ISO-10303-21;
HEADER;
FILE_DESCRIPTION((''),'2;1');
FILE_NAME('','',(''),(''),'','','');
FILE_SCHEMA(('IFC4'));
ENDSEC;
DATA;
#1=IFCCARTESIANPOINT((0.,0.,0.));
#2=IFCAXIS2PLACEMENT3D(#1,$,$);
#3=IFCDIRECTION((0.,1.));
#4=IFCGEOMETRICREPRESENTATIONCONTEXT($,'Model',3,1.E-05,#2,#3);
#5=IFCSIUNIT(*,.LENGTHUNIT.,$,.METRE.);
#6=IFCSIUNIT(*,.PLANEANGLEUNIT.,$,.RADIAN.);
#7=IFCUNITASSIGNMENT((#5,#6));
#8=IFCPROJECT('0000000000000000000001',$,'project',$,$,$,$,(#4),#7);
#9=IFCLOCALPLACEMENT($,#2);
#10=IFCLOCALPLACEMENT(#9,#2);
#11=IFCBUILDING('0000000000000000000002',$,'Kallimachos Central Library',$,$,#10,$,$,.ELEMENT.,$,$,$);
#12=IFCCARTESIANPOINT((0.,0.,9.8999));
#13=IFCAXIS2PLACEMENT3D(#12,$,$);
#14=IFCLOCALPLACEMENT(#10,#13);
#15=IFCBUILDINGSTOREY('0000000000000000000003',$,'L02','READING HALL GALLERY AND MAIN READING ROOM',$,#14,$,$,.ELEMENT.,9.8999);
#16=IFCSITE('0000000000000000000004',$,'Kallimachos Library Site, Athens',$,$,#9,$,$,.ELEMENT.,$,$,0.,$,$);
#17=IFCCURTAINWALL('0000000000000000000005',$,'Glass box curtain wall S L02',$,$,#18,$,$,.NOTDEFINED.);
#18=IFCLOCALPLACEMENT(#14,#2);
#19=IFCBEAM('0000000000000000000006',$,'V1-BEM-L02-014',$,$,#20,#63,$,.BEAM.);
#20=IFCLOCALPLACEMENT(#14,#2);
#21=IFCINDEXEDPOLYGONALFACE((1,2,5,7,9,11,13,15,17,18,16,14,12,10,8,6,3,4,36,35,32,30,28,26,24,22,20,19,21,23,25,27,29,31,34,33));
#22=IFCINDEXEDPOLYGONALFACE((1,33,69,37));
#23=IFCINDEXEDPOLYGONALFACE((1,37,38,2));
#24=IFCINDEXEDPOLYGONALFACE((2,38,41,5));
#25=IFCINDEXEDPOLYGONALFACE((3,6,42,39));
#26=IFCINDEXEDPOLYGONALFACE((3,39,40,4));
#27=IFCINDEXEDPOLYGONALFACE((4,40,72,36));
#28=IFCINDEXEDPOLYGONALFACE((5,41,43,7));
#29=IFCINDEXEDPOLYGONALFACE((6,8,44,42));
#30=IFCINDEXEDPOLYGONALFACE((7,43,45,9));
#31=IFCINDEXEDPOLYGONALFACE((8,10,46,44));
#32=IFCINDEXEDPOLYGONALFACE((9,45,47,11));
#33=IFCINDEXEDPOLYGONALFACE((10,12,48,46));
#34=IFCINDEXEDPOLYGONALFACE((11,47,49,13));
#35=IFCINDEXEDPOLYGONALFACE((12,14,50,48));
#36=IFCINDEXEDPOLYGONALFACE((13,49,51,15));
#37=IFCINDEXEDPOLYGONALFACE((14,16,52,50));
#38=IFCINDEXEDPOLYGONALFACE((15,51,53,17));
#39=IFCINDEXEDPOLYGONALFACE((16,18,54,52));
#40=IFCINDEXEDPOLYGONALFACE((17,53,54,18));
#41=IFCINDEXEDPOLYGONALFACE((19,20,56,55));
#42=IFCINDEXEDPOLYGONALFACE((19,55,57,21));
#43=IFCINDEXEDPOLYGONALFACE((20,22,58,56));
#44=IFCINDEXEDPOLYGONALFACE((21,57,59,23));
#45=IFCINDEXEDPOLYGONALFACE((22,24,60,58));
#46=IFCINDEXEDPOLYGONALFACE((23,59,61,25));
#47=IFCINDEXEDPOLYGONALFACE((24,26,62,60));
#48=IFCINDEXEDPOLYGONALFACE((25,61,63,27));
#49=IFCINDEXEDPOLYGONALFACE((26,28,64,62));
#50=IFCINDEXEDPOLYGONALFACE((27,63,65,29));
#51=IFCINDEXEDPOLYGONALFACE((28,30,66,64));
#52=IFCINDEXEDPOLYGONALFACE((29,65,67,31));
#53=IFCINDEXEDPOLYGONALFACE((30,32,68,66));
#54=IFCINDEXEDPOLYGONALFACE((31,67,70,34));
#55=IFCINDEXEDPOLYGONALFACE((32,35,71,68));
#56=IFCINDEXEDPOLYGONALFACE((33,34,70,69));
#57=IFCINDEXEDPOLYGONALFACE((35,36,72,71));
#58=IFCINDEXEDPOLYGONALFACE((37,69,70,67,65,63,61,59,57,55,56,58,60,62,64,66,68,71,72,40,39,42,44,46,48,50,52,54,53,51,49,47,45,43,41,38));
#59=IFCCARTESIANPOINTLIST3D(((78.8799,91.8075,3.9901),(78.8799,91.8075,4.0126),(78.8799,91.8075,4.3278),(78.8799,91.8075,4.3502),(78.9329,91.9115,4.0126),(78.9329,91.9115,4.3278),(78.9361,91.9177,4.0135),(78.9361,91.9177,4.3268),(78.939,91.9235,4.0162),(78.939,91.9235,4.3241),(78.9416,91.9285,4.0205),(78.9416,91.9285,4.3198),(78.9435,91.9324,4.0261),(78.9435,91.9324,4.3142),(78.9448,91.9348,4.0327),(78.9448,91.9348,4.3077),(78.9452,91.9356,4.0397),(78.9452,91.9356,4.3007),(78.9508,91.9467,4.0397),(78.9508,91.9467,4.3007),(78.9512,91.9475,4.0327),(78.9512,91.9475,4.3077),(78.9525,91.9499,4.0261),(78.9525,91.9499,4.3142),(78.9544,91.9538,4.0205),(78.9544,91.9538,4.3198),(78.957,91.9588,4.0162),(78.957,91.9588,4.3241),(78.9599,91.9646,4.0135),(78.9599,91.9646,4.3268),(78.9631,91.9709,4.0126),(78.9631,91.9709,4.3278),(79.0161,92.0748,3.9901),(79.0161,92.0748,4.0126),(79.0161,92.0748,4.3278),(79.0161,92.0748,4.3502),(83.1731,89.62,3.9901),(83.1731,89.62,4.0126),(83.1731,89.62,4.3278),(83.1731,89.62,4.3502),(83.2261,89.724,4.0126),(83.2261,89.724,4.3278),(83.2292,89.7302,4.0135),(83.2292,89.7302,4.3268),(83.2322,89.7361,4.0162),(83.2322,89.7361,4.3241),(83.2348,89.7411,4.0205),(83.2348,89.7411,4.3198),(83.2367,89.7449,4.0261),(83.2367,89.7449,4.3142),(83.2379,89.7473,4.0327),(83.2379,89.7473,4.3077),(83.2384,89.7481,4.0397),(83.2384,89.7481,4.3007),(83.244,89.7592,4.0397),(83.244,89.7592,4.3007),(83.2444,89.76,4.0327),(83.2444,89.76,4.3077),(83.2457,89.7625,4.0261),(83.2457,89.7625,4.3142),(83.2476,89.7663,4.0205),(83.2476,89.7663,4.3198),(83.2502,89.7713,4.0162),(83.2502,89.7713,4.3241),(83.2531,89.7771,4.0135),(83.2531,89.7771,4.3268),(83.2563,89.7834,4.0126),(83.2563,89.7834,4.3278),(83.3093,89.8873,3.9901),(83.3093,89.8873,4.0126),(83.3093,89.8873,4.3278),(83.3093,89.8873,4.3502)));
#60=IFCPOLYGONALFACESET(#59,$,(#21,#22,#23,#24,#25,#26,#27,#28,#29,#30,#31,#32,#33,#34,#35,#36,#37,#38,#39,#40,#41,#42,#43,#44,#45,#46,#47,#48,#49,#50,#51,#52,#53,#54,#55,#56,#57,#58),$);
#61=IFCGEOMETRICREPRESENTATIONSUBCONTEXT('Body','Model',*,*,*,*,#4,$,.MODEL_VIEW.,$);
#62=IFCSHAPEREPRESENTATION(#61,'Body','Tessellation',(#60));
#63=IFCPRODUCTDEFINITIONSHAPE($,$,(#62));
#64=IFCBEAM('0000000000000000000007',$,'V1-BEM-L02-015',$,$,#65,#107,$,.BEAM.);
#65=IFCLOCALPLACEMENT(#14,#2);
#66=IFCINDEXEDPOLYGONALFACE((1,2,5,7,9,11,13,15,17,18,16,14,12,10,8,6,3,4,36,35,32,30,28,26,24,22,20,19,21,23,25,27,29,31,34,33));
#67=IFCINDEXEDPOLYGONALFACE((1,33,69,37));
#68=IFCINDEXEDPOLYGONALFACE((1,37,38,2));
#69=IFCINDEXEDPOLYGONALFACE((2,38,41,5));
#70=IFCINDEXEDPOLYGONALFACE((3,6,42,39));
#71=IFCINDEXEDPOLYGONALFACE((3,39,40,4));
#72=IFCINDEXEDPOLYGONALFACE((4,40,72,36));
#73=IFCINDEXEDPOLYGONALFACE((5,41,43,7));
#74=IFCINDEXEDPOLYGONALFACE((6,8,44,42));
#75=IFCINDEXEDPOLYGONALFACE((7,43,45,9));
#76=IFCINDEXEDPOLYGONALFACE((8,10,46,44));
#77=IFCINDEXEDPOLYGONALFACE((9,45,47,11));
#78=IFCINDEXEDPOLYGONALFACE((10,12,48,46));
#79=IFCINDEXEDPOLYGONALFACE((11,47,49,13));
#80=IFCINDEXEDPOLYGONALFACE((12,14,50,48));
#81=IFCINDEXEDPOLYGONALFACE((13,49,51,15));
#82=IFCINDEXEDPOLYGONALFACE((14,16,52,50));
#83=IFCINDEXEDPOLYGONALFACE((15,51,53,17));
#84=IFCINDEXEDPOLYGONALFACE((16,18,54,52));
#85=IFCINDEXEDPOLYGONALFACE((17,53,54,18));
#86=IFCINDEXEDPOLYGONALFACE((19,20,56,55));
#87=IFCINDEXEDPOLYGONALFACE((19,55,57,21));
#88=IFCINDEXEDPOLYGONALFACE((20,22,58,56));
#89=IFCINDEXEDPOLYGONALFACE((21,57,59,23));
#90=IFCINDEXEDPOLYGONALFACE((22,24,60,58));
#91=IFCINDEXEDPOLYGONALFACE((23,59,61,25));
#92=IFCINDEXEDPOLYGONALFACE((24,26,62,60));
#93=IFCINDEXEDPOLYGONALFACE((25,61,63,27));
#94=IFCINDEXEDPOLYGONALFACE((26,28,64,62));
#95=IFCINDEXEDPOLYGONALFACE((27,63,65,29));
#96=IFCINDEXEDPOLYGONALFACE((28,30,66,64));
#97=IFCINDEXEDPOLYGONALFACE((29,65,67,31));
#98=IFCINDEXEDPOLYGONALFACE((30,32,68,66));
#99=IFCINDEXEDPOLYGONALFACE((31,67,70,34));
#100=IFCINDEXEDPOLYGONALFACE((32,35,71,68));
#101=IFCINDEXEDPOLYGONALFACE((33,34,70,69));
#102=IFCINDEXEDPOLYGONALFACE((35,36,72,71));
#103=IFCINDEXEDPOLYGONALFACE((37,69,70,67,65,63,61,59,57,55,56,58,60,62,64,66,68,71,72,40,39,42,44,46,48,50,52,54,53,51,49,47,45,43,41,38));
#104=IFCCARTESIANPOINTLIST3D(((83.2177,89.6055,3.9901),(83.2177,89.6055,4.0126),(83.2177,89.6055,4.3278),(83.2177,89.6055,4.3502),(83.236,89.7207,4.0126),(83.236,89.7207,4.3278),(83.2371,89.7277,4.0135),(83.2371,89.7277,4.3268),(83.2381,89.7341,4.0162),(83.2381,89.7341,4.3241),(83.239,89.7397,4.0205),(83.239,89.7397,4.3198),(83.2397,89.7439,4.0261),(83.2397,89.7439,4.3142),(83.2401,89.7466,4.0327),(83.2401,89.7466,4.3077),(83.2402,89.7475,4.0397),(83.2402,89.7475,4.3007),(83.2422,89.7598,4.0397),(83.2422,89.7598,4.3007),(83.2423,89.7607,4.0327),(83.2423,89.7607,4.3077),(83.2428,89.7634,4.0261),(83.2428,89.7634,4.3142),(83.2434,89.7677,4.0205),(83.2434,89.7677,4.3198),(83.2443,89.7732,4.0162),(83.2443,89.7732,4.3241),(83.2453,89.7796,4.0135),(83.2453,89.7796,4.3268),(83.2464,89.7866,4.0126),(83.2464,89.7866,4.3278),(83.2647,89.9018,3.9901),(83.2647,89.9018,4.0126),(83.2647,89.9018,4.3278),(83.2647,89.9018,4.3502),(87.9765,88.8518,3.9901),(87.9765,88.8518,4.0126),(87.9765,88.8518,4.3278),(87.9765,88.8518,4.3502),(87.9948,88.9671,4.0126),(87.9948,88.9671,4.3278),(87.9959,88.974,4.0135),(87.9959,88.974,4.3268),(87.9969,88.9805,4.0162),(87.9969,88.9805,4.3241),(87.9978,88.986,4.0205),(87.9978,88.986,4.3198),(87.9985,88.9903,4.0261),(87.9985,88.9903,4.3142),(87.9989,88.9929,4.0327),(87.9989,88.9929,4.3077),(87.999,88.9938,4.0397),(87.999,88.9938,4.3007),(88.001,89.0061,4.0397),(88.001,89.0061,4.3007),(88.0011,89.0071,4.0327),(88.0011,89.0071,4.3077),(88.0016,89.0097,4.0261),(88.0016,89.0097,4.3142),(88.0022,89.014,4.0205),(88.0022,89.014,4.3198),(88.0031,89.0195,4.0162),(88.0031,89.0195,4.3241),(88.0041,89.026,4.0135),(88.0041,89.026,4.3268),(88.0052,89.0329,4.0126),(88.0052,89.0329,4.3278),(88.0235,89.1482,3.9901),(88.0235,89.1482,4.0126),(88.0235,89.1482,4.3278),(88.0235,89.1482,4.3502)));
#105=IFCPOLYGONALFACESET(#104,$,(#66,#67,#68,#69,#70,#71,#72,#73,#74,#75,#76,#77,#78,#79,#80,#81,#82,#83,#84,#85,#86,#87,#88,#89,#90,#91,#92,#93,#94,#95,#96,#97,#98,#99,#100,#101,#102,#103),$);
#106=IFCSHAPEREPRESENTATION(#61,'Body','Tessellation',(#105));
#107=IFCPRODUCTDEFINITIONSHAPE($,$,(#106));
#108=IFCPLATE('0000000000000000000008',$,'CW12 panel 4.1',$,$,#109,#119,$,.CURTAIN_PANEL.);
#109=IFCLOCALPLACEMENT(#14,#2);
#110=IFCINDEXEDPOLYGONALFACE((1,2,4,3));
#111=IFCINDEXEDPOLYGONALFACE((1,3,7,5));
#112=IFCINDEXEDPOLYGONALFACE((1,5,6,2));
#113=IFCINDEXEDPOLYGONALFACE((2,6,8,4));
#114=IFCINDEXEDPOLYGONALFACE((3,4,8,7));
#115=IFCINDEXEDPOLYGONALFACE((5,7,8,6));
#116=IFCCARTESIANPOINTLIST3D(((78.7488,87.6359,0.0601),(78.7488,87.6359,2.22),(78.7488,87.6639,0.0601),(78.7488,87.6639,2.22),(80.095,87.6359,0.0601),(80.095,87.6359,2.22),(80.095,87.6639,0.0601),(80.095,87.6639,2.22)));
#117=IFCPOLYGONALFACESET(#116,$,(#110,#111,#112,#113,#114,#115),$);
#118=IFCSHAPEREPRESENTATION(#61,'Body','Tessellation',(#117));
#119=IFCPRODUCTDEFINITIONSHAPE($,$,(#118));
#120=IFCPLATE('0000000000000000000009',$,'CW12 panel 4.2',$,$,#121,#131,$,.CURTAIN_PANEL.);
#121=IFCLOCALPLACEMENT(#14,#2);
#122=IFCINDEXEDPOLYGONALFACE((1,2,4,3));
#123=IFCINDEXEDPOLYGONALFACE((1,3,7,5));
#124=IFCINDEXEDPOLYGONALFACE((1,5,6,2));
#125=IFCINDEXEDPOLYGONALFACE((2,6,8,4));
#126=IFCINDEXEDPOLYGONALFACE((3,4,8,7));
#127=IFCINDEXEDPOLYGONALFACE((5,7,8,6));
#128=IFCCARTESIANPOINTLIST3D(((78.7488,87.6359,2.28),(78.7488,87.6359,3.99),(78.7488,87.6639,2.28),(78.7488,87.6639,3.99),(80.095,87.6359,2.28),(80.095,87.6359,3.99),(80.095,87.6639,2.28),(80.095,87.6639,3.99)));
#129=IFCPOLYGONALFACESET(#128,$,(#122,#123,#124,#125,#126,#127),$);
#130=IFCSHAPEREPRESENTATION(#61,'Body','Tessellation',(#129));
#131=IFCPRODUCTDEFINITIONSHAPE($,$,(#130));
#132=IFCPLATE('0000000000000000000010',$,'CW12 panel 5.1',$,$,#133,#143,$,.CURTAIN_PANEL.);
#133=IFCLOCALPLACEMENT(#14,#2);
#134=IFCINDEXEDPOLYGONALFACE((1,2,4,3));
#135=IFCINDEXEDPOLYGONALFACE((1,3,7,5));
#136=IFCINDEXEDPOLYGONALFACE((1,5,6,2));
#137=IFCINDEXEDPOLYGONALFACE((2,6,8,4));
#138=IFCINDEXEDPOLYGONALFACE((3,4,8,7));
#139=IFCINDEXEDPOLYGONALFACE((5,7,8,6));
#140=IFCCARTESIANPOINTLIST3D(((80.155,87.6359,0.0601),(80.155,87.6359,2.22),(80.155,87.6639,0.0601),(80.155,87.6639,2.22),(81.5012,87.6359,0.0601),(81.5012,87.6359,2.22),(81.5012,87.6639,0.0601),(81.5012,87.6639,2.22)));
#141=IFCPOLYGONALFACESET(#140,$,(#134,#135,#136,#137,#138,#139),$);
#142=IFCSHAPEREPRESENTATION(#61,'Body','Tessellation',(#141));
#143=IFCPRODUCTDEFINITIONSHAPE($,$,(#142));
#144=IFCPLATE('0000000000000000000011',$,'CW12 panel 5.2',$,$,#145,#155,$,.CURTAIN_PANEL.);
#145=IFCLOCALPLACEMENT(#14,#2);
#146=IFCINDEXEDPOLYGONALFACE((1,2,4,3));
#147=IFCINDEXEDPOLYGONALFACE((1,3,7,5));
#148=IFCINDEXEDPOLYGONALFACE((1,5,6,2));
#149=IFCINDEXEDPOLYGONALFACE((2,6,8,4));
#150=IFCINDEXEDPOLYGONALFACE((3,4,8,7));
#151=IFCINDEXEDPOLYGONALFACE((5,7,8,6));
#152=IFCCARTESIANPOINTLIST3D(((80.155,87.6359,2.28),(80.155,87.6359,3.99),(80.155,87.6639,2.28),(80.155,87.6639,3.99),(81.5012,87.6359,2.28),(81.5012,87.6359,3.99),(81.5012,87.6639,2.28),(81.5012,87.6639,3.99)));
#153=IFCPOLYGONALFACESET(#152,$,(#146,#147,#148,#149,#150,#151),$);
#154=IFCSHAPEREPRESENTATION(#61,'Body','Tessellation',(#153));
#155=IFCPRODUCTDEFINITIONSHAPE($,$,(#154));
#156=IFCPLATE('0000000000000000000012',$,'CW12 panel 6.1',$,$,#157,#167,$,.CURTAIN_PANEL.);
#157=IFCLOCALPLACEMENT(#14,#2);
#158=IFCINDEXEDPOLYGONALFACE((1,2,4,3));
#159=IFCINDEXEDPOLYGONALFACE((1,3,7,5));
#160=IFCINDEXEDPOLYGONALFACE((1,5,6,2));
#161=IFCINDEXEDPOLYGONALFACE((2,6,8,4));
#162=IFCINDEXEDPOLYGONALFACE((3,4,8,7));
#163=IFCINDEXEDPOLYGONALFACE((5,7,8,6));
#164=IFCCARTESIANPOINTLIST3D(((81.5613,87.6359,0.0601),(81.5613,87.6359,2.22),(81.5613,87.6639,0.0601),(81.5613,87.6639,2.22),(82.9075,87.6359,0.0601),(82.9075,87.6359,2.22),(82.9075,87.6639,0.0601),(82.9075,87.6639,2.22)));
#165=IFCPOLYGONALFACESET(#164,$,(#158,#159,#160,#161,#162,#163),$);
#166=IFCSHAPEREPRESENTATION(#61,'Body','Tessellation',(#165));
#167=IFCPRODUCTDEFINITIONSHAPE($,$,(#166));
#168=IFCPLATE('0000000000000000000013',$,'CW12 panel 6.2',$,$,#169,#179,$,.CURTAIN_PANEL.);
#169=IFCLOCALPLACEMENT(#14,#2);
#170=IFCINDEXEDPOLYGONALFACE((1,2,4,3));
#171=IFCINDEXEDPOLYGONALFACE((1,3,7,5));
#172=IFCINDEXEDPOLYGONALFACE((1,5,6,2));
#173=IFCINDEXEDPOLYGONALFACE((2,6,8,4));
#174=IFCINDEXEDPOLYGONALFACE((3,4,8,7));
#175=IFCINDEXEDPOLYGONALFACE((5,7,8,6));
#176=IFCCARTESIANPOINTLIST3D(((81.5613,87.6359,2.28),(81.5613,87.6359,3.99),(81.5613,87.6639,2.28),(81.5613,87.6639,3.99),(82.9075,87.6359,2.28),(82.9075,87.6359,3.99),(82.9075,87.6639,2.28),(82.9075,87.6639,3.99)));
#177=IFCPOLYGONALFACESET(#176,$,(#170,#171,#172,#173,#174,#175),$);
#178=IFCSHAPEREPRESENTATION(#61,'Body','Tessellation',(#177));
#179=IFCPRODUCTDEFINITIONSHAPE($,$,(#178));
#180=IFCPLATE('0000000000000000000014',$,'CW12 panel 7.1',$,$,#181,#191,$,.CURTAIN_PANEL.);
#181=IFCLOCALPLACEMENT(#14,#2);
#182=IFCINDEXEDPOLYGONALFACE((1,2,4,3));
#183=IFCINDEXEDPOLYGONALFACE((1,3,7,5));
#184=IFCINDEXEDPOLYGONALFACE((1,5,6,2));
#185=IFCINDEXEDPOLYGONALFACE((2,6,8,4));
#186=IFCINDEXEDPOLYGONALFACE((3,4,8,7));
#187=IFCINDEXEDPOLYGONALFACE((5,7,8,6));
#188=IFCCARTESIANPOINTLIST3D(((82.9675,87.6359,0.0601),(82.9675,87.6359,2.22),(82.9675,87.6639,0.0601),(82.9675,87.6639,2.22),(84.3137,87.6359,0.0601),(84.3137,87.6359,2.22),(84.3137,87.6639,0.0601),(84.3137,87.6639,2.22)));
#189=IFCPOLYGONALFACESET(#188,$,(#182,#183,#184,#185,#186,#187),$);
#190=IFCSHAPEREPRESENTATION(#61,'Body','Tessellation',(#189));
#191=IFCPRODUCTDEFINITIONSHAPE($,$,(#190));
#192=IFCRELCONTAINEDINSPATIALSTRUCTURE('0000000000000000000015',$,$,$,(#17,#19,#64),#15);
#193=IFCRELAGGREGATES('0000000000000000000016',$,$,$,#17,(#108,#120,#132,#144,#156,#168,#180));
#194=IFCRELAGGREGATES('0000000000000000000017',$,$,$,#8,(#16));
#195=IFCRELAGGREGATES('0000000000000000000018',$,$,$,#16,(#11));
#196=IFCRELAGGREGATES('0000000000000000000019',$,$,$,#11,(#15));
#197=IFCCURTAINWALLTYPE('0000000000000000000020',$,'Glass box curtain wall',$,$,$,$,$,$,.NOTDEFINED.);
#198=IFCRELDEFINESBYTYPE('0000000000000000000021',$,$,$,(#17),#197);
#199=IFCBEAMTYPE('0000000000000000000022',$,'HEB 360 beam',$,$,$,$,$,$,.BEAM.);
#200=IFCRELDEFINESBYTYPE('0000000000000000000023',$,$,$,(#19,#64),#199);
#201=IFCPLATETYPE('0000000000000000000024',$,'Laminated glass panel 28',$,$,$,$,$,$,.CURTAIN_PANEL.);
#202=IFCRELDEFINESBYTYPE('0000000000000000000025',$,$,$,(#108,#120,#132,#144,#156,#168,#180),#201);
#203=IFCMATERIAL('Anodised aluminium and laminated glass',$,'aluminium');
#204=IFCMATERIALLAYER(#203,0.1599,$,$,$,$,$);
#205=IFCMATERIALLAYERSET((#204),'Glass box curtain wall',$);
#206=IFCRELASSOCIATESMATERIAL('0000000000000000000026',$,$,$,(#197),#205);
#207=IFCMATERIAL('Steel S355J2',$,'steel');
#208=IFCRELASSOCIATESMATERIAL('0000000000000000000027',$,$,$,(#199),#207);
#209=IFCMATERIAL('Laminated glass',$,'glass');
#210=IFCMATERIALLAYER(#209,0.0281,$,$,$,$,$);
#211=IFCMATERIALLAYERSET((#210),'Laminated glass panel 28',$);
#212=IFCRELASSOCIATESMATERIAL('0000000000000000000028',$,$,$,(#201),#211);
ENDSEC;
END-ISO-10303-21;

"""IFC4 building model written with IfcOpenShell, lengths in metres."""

from ifc_helpers import new_model, si_unit, direction, frame, origin, origin_2d, place, context, subcontext, project, spatial, rectangle, i_section, extrude, material, layer, layer_set, material_profile, profile_set, type_object, element, aggregate, save


model = new_model("IFC4")

# Units and contexts
model_context = context("Model", 3, precision=1e-05, world=origin(), true_north=direction((0.0, 1.0)))
body_context = subcontext(model_context, "Body", "Model", "MODEL_VIEW")
ifc_project = project(units=[si_unit("LENGTHUNIT", "METRE"), si_unit("PLANEANGLEUNIT", "RADIAN")], contexts=[model_context])

# Site, building, storey
site_placement = place(None, origin())
site = spatial("IfcSite", under=ifc_project, at=site_placement, Name="Kallimachos Library Site, Athens", CompositionType="ELEMENT", RefElevation=0.0)
building_placement = place(site_placement, origin())
building = spatial("IfcBuilding", under=site, at=building_placement, Name="Kallimachos Central Library", CompositionType="ELEMENT")
storey_placement = place(building_placement, frame((0.0, 0.0, 9.8999)))
storey = spatial("IfcBuildingStorey", under=building, at=storey_placement, Name="L02", Description="READING HALL GALLERY AND MAIN READING ROOM", CompositionType="ELEMENT", Elevation=9.8999)

# Curtain wall
ifc_material_1 = material(Name="Anodised aluminium and laminated glass", Category="aluminium")
ifc_layer_1 = layer(ifc_material_1, 0.1599)
ifc_layer_set_1 = layer_set([ifc_layer_1], Name="Glass box curtain wall")
curtain_wall_type = type_object("IfcCurtainWallType", Name="Glass box curtain wall", PredefinedType="NOTDEFINED", material=ifc_layer_set_1)
curtain_wall_placement = place(storey_placement, origin())
curtain_wall = element("IfcCurtainWall", 1, at=curtain_wall_placement, inside=storey, type_object=curtain_wall_type, Name="Glass box curtain wall S L02", PredefinedType="NOTDEFINED")

# Beams
ifc_material_2 = material(Name="Steel S355J2", Category="steel")
ifc_material_profile_1 = material_profile(ifc_material_2, i_section(OverallWidth=0.3, OverallDepth=0.3601, WebThickness=0.0125, FlangeThickness=0.0225, FilletRadius=0.0271, at=origin_2d()), Name="HEB 360")
ifc_profile_set_1 = profile_set([ifc_material_profile_1], Name="Steel S355J2")
beam_type = type_object("IfcBeamType", Name="HEB 360 beam", PredefinedType="BEAM", material=ifc_profile_set_1)
beam_1_placement = place(storey_placement, frame((78.948, 91.9412, 4.1702), z_axis=(0.891007, -0.45399, 0.0), x_axis=(0.45399, 0.891007, 0.0)))
element("IfcBeam", 2, at=beam_1_placement, inside=storey, type_object=beam_type, Name="V1-BEM-L02-014", PredefinedType="BEAM", context=body_context, shape_type="SweptSolid", body=[
    extrude(i_section(OverallWidth=0.3, OverallDepth=0.3601, WebThickness=0.0125, FlangeThickness=0.0225, FilletRadius=0.0271, at=origin_2d()), origin(), (0.0, 0.0, 1.0), 4.8184),
])
beam_2_placement = place(storey_placement, frame((83.2412, 89.7537, 4.1702), z_axis=(0.98769, -0.156423, 0.0), x_axis=(0.156423, 0.98769, 0.0)))
element("IfcBeam", 3, at=beam_2_placement, inside=storey, type_object=beam_type, Name="V1-BEM-L02-015", PredefinedType="BEAM", context=body_context, shape_type="SweptSolid", body=[
    extrude(i_section(OverallWidth=0.3, OverallDepth=0.3601, WebThickness=0.0125, FlangeThickness=0.0225, FilletRadius=0.0271, at=origin_2d()), origin(), (0.0, 0.0, 1.0), 4.8181),
])

# Plates
ifc_material_3 = material(Name="Laminated glass", Category="glass")
ifc_layer_2 = layer(ifc_material_3, 0.0281)
ifc_layer_set_2 = layer_set([ifc_layer_2], Name="Laminated glass panel 28")
plate_type = type_object("IfcPlateType", Name="Laminated glass panel 28", PredefinedType="CURTAIN_PANEL", material=ifc_layer_set_2)
plate_1_placement = place(storey_placement, frame((79.4219, 87.6499, 0.0601), z_axis=(0.0, 0.0, 1.0), x_axis=(1.0, 0.0, 0.0)))
plate_1 = element("IfcPlate", 4, at=plate_1_placement, type_object=plate_type, Name="CW12 panel 4.1", PredefinedType="CURTAIN_PANEL", context=body_context, shape_type="SweptSolid", body=[
    extrude(rectangle(XDim=1.3462, YDim=0.0281, at=origin_2d()), origin(), (0.0, 0.0, 1.0), 2.1599),
])
plate_2_placement = place(storey_placement, frame((79.4219, 87.6499, 2.28), z_axis=(0.0, 0.0, 1.0), x_axis=(1.0, 0.0, 0.0)))
plate_2 = element("IfcPlate", 5, at=plate_2_placement, type_object=plate_type, Name="CW12 panel 4.2", PredefinedType="CURTAIN_PANEL", context=body_context, shape_type="SweptSolid", body=[
    extrude(rectangle(XDim=1.3462, YDim=0.0281, at=origin_2d()), origin(), (0.0, 0.0, 1.0), 1.71),
])
plate_3_placement = place(storey_placement, frame((80.8281, 87.6499, 0.0601), z_axis=(0.0, 0.0, 1.0), x_axis=(1.0, 0.0, 0.0)))
plate_3 = element("IfcPlate", 6, at=plate_3_placement, type_object=plate_type, Name="CW12 panel 5.1", PredefinedType="CURTAIN_PANEL", context=body_context, shape_type="SweptSolid", body=[
    extrude(rectangle(XDim=1.3462, YDim=0.0281, at=origin_2d()), origin(), (0.0, 0.0, 1.0), 2.1599),
])
plate_4_placement = place(storey_placement, frame((80.8281, 87.6499, 2.28), z_axis=(0.0, 0.0, 1.0), x_axis=(1.0, 0.0, 0.0)))
plate_4 = element("IfcPlate", 7, at=plate_4_placement, type_object=plate_type, Name="CW12 panel 5.2", PredefinedType="CURTAIN_PANEL", context=body_context, shape_type="SweptSolid", body=[
    extrude(rectangle(XDim=1.3462, YDim=0.0281, at=origin_2d()), origin(), (0.0, 0.0, 1.0), 1.71),
])
plate_5_placement = place(storey_placement, frame((82.2344, 87.6499, 0.0601), z_axis=(0.0, 0.0, 1.0), x_axis=(1.0, 0.0, 0.0)))
plate_5 = element("IfcPlate", 8, at=plate_5_placement, type_object=plate_type, Name="CW12 panel 6.1", PredefinedType="CURTAIN_PANEL", context=body_context, shape_type="SweptSolid", body=[
    extrude(rectangle(XDim=1.3462, YDim=0.0281, at=origin_2d()), origin(), (0.0, 0.0, 1.0), 2.1599),
])
plate_6_placement = place(storey_placement, frame((82.2344, 87.6499, 2.28), z_axis=(0.0, 0.0, 1.0), x_axis=(1.0, 0.0, 0.0)))
plate_6 = element("IfcPlate", 9, at=plate_6_placement, type_object=plate_type, Name="CW12 panel 6.2", PredefinedType="CURTAIN_PANEL", context=body_context, shape_type="SweptSolid", body=[
    extrude(rectangle(XDim=1.3462, YDim=0.0281, at=origin_2d()), origin(), (0.0, 0.0, 1.0), 1.71),
])
plate_7_placement = place(storey_placement, frame((83.6406, 87.6499, 0.0601), z_axis=(0.0, 0.0, 1.0), x_axis=(1.0, 0.0, 0.0)))
plate_7 = element("IfcPlate", 10, at=plate_7_placement, type_object=plate_type, Name="CW12 panel 7.1", PredefinedType="CURTAIN_PANEL", context=body_context, shape_type="SweptSolid", body=[
    extrude(rectangle(XDim=1.3462, YDim=0.0281, at=origin_2d()), origin(), (0.0, 0.0, 1.0), 2.1599),
])
aggregate(curtain_wall, [plate_1, plate_2, plate_3, plate_4, plate_5, plate_6, plate_7])

save(model, "model.ifc")
